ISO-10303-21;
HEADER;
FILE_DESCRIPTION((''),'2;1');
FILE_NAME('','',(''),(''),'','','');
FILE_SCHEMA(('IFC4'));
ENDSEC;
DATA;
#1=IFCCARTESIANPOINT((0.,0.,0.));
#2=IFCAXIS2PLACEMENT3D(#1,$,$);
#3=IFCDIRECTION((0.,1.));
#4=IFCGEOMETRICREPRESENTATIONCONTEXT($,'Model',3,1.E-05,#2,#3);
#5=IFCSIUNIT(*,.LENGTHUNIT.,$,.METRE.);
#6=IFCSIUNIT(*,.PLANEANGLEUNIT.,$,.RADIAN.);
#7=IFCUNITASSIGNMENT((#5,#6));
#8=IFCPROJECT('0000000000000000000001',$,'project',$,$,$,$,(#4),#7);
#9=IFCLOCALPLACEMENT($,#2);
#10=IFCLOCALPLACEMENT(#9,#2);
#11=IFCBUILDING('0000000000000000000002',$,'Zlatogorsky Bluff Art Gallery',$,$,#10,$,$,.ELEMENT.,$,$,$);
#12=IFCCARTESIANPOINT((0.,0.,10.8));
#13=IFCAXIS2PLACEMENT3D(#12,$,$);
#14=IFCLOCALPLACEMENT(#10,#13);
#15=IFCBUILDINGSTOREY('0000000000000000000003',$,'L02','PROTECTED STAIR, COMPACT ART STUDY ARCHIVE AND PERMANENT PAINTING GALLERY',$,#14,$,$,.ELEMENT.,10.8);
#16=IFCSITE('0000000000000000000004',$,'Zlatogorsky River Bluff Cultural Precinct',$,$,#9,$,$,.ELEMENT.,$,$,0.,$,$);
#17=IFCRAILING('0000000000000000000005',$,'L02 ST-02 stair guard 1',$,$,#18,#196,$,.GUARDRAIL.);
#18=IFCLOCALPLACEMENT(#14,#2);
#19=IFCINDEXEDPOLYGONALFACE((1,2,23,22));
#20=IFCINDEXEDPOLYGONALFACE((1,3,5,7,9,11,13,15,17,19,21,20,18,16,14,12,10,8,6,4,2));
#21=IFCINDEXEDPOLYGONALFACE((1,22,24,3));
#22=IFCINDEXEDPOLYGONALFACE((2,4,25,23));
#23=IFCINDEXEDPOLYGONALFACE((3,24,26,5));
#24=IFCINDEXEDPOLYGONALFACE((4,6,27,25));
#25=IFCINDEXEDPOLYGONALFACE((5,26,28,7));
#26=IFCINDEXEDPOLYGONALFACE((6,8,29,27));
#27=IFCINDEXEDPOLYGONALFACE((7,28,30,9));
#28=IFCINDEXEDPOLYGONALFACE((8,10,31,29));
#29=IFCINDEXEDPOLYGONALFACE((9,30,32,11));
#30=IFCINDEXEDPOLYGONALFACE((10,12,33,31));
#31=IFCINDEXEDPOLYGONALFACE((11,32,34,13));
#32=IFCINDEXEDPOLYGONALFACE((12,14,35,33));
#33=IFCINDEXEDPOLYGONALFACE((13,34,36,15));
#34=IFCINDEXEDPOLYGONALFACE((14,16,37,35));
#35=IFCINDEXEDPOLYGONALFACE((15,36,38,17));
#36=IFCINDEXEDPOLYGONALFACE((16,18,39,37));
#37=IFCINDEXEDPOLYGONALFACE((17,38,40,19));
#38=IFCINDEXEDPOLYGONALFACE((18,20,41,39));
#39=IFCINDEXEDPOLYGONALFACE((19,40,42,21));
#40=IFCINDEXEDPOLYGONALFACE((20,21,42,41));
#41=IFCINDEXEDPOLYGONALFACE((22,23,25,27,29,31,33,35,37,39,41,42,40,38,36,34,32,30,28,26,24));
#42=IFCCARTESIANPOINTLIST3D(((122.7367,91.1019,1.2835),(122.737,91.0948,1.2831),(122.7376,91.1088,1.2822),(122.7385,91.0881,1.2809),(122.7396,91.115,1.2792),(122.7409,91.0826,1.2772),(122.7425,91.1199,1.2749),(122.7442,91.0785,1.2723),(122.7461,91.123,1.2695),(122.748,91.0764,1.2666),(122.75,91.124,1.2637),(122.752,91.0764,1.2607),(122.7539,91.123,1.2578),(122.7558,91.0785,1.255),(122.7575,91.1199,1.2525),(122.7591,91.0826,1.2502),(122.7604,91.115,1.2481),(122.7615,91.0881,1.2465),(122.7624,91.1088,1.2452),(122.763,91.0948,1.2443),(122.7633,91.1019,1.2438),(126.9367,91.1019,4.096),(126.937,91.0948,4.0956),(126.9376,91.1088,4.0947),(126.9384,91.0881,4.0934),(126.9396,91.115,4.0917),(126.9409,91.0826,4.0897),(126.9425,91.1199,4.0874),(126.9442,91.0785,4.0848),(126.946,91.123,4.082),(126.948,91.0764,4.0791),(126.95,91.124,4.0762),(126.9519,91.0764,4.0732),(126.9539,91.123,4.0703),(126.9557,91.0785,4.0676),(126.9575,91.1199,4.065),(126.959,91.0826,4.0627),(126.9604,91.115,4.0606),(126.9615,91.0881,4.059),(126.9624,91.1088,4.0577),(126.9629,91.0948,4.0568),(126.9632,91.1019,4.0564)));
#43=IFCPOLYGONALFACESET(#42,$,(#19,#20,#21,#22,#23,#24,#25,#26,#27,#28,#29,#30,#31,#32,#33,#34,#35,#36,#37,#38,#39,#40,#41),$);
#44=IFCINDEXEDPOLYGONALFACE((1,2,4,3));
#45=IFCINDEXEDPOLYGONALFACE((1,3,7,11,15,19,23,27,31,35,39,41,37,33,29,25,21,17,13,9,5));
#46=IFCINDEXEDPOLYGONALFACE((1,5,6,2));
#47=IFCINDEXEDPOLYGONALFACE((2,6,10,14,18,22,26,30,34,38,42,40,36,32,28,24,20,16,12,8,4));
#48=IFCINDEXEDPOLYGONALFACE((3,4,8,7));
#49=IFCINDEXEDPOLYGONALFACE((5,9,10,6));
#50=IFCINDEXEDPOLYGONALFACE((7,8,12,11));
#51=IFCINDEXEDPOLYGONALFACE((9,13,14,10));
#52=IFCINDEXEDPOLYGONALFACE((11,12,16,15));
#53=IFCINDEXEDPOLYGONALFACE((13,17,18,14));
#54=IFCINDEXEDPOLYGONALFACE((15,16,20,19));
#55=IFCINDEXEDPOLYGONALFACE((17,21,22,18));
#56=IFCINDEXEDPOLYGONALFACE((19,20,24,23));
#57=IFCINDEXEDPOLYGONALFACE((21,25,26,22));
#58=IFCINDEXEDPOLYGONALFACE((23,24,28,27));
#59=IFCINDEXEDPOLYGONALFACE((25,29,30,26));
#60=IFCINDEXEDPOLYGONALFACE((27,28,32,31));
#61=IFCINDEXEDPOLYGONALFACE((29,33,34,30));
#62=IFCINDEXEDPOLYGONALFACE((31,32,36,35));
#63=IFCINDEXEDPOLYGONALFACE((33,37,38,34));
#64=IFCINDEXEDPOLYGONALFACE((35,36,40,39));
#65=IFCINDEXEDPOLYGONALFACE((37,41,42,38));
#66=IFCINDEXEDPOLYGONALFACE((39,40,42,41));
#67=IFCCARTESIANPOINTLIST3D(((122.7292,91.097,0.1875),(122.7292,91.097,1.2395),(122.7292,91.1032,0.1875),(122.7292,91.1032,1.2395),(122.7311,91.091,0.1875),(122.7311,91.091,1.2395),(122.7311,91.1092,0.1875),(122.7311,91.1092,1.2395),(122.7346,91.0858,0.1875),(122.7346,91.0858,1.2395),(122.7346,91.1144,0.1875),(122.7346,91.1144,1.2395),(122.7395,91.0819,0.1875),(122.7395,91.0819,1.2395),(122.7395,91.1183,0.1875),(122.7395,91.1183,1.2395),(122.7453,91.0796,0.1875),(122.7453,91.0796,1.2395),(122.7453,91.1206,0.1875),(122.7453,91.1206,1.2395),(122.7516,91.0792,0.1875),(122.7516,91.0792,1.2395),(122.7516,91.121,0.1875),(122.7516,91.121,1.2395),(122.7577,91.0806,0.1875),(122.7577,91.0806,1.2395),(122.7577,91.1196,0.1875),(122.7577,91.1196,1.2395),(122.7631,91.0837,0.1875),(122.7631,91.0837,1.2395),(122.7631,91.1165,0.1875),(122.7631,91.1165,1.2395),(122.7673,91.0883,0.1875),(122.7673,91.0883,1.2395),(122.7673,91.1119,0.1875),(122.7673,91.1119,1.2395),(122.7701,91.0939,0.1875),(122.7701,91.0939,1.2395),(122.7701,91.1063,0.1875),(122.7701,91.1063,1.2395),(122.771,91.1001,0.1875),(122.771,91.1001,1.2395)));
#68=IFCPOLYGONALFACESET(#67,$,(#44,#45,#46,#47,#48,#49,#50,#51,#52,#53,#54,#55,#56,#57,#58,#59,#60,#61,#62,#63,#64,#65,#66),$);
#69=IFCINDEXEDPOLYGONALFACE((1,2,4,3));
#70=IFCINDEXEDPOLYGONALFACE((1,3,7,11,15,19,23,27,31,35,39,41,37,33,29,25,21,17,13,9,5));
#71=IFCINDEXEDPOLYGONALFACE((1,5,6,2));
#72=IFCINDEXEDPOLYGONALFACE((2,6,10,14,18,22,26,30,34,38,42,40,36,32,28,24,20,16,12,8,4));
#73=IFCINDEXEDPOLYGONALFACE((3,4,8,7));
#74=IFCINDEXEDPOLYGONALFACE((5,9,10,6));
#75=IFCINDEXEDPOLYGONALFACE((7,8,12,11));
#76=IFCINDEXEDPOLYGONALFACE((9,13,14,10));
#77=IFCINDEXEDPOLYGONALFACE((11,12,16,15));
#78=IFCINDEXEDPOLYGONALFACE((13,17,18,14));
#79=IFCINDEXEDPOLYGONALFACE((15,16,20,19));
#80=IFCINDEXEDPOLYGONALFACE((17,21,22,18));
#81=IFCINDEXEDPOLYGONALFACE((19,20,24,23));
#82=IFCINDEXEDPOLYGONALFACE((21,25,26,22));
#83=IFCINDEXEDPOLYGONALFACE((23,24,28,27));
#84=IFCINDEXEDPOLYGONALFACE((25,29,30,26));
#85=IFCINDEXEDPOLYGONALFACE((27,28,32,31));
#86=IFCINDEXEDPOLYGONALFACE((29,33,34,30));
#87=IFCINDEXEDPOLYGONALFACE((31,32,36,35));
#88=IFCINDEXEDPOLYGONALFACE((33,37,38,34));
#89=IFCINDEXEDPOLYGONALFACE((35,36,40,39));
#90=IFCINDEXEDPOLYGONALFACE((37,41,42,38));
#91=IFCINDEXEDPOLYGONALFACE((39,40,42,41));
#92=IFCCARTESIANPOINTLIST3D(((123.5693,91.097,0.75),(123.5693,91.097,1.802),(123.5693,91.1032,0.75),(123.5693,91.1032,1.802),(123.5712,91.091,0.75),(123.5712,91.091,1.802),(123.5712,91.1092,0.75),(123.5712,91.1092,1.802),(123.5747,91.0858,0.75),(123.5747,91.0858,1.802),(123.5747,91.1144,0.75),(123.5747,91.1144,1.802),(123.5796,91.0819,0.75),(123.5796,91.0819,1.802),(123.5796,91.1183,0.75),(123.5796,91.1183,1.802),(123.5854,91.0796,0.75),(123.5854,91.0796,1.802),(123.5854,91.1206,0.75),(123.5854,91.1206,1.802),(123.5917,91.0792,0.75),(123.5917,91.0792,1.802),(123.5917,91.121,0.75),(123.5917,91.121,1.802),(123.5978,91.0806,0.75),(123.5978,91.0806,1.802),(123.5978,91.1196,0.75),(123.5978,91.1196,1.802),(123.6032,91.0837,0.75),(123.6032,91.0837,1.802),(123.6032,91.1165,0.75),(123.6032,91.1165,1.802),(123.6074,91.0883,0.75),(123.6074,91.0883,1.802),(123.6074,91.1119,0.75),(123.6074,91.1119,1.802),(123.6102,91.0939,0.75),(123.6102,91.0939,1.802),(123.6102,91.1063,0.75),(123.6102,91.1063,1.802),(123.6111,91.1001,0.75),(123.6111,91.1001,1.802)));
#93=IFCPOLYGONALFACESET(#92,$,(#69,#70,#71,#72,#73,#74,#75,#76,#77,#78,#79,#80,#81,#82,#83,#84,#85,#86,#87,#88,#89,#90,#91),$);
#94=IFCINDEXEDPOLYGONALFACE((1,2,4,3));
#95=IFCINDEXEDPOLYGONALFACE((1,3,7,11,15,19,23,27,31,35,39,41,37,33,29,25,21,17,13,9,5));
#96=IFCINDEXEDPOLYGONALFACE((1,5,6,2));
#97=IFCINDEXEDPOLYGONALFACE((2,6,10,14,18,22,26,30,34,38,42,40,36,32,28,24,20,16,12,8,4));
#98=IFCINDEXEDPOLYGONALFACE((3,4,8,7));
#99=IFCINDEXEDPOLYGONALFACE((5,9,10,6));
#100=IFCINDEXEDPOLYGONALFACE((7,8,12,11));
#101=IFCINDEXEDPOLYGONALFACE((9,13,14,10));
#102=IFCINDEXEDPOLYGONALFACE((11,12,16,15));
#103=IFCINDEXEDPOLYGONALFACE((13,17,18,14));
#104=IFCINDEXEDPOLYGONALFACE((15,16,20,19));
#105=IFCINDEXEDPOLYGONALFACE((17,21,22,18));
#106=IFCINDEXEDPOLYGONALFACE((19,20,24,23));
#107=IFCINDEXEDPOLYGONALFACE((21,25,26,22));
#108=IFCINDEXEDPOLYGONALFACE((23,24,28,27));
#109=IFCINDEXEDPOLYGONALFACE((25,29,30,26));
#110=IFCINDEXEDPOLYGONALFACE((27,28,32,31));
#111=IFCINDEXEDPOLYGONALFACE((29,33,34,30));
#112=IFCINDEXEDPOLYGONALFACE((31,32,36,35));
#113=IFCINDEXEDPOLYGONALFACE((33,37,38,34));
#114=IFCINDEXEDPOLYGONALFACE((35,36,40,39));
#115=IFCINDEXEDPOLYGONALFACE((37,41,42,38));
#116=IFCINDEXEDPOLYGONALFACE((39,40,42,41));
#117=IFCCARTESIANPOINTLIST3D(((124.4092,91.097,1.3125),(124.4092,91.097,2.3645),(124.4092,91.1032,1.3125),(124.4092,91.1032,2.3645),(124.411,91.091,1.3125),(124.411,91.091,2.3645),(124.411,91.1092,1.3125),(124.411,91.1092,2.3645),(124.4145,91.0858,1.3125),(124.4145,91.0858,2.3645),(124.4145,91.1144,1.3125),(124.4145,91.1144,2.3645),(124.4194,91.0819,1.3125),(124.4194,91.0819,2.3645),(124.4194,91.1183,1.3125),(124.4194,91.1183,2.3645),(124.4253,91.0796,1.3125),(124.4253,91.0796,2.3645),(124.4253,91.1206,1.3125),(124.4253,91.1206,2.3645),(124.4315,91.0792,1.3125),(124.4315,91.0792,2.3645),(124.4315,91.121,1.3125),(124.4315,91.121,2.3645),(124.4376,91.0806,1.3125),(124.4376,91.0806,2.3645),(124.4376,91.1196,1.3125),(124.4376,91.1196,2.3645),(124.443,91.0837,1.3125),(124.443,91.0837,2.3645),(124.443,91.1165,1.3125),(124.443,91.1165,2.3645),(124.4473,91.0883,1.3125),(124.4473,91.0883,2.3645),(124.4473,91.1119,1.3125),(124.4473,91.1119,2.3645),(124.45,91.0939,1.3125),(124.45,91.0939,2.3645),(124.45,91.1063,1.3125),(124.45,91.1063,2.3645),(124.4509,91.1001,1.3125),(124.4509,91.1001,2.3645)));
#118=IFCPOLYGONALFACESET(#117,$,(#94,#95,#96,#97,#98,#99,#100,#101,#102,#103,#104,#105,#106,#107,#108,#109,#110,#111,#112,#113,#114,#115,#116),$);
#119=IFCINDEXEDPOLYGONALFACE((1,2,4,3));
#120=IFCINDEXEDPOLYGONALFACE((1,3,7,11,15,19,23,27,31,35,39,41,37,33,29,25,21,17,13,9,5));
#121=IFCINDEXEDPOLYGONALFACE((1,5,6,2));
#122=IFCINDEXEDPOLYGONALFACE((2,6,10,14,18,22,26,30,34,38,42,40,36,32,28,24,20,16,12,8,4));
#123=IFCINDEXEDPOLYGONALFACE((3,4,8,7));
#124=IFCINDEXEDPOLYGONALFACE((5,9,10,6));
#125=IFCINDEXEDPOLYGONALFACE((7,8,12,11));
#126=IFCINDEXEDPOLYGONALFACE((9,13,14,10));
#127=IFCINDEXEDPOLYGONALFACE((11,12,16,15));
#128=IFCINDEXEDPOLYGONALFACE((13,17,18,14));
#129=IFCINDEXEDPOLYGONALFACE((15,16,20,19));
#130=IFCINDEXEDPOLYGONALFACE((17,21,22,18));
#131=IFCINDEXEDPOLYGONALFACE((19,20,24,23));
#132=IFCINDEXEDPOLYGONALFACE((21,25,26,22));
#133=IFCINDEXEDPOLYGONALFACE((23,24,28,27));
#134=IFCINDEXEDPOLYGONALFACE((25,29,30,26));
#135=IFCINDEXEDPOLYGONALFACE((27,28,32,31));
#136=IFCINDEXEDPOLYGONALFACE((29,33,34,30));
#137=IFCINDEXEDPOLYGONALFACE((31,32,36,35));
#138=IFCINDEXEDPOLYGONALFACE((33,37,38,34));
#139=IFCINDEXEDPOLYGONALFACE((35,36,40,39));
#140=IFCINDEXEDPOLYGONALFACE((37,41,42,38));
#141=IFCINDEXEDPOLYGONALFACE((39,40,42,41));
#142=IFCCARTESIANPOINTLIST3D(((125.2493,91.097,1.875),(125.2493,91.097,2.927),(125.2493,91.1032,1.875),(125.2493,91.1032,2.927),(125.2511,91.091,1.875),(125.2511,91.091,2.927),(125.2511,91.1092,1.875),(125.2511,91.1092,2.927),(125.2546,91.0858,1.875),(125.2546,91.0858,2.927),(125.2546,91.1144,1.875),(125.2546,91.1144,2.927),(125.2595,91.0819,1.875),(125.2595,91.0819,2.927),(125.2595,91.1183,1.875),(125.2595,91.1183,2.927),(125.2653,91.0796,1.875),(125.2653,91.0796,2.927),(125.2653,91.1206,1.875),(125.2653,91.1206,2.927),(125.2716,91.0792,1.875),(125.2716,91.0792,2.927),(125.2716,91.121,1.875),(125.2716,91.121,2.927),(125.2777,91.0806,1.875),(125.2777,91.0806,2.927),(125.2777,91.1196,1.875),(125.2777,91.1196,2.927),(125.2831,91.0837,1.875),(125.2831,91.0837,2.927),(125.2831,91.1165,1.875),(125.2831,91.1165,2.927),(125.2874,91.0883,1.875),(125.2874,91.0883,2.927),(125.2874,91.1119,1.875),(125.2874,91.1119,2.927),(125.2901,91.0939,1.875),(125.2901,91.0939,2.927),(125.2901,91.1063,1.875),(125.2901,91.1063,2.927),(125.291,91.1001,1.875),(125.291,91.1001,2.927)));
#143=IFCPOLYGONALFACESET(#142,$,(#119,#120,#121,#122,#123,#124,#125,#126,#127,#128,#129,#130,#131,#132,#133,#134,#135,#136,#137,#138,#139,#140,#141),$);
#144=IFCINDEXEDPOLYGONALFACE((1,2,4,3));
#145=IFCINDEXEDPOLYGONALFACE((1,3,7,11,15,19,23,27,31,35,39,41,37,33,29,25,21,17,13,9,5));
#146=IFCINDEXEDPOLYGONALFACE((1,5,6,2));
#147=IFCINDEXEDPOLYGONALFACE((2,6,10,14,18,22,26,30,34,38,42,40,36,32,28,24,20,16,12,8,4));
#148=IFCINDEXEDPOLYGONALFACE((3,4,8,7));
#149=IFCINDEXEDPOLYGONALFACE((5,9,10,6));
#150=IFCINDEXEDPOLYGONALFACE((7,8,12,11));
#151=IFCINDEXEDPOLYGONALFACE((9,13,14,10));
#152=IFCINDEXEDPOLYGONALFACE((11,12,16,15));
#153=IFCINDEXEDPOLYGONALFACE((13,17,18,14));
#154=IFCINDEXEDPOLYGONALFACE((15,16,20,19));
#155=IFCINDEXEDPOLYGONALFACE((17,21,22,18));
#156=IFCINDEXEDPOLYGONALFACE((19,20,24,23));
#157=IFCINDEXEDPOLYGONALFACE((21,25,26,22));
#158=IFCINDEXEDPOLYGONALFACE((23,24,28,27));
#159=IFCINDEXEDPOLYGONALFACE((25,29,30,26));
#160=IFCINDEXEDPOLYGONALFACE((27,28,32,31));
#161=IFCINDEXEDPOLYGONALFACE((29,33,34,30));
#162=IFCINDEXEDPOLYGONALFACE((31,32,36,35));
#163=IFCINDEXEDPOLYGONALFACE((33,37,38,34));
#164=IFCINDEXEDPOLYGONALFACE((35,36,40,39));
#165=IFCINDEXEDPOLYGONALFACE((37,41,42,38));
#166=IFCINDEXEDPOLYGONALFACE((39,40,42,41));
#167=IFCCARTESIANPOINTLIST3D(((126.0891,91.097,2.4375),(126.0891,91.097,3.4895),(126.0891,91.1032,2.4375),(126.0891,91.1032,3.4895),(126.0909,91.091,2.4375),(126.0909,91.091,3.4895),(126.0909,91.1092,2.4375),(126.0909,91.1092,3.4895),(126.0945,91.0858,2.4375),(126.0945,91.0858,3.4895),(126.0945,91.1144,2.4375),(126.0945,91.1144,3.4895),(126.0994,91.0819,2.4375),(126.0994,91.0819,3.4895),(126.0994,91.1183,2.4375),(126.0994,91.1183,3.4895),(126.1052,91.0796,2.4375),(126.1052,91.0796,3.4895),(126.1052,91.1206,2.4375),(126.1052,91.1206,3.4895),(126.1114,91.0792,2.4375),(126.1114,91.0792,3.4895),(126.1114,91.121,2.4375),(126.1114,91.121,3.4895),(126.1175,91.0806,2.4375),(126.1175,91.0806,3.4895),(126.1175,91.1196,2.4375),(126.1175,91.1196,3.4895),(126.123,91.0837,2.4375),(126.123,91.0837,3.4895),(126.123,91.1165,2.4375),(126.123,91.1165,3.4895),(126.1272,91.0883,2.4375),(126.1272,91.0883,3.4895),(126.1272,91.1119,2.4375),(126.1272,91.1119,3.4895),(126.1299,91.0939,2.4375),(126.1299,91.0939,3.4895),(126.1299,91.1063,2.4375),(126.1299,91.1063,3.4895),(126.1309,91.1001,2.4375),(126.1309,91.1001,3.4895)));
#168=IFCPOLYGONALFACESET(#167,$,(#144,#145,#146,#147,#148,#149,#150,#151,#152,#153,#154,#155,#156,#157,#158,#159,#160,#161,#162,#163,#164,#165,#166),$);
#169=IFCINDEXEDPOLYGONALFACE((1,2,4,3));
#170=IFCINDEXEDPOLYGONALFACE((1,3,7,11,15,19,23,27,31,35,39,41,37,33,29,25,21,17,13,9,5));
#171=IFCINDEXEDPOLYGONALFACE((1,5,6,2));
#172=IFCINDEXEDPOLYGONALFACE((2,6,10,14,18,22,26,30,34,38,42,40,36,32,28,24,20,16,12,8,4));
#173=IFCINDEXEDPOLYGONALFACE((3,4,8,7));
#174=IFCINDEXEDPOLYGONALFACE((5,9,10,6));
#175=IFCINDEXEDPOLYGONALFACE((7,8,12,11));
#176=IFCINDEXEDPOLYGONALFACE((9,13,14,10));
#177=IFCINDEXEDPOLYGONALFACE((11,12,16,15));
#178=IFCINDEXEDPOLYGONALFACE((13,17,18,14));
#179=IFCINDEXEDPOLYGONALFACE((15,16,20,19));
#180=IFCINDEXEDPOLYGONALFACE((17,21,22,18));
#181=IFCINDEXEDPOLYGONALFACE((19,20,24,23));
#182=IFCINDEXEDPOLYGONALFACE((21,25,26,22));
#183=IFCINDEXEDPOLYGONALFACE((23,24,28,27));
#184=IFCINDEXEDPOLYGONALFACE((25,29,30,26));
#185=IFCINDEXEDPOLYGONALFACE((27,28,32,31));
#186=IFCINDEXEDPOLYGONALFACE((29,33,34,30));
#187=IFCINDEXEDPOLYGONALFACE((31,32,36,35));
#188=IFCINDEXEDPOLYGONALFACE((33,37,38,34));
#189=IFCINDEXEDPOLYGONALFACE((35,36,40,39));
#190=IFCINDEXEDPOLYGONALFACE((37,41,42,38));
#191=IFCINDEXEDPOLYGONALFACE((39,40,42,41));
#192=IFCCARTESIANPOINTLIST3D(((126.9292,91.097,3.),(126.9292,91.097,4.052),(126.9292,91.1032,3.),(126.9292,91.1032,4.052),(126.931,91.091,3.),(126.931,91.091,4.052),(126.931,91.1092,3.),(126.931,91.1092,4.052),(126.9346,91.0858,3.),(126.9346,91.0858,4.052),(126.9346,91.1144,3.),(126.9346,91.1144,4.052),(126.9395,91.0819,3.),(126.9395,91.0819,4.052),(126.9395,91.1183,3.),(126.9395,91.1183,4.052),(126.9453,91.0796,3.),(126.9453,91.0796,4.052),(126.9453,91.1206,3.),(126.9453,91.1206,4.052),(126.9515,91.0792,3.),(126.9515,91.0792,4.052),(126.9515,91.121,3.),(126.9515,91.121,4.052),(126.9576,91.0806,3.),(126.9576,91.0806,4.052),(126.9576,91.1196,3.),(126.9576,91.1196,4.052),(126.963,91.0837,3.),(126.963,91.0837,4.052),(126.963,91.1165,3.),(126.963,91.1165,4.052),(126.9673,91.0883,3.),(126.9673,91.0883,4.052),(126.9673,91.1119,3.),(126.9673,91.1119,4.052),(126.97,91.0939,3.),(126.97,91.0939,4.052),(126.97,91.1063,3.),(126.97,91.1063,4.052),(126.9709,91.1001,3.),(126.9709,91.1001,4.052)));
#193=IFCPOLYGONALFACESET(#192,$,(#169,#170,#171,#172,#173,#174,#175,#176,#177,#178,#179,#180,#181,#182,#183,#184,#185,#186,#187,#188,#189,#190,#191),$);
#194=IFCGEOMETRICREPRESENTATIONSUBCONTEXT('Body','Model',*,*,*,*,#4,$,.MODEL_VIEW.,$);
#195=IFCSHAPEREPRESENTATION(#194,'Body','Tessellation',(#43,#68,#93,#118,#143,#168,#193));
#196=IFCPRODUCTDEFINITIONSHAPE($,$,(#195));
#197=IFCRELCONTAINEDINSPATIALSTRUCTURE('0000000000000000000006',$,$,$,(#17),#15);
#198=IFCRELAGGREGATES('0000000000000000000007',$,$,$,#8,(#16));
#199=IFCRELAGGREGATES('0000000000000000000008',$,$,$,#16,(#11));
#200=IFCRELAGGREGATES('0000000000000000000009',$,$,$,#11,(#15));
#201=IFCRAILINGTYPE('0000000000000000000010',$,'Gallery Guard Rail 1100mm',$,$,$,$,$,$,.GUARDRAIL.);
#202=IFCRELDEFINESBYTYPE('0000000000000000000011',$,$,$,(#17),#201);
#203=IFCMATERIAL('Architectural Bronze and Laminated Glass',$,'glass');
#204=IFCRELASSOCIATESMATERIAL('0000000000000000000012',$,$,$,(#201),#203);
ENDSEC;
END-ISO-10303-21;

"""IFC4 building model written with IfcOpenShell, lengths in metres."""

from ifc_helpers import new_model, si_unit, direction, frame, origin, origin_2d, place, context, subcontext, project, spatial, circle, extrude, material, type_object, element, save


model = new_model("IFC4")

# Units and contexts
model_context = context("Model", 3, precision=1e-05, world=origin(), true_north=direction((0.0, 1.0)))
body_context = subcontext(model_context, "Body", "Model", "MODEL_VIEW")
ifc_project = project(units=[si_unit("LENGTHUNIT", "METRE"), si_unit("PLANEANGLEUNIT", "RADIAN")], contexts=[model_context])

# Site, building, storey
site_placement = place(None, origin())
site = spatial("IfcSite", under=ifc_project, at=site_placement, Name="Zlatogorsky River Bluff Cultural Precinct", CompositionType="ELEMENT", RefElevation=0.0)
building_placement = place(site_placement, origin())
building = spatial("IfcBuilding", under=site, at=building_placement, Name="Zlatogorsky Bluff Art Gallery", CompositionType="ELEMENT")
storey_placement = place(building_placement, frame((0.0, 0.0, 10.8)))
storey = spatial("IfcBuildingStorey", under=building, at=storey_placement, Name="L02", Description="PROTECTED STAIR, COMPACT ART STUDY ARCHIVE AND PERMANENT PAINTING GALLERY", CompositionType="ELEMENT", Elevation=10.8)

# Railing
ifc_material_1 = material(Name="Architectural Bronze and Laminated Glass", Category="glass")
railing_type_1 = type_object("IfcRailingType", Name="Gallery Guard Rail 1100mm", PredefinedType="GUARDRAIL", material=ifc_material_1)
railing_1_placement = place(storey_placement, frame((122.75, 91.1001, 0.1875)))
element("IfcRailing", 1, at=railing_1_placement, inside=storey, type_object=railing_type_1, Name="L02 ST-02 stair guard 1", PredefinedType="GUARDRAIL", context=body_context, shape_type="SweptSolid", body=[
    extrude(circle(Radius=0.0239, at=origin_2d()), frame((0.0, 0.0, 1.0762), z_axis=(0.830904, 0.0, 0.556416), x_axis=(0.0, 1.0, 0.0)), (0.0, 0.0, 1.0), 5.0547),
    extrude(circle(Radius=0.021, at=origin_2d()), origin(), (0.0, 0.0, 1.0), 1.052),
    extrude(circle(Radius=0.021, at=origin_2d()), frame((0.8401, 0.0, 0.5625)), (0.0, 0.0, 1.0), 1.052),
    extrude(circle(Radius=0.021, at=origin_2d()), frame((1.6799, 0.0, 1.125)), (0.0, 0.0, 1.0), 1.052),
    extrude(circle(Radius=0.021, at=origin_2d()), frame((2.52, 0.0, 1.6875)), (0.0, 0.0, 1.0), 1.052),
    extrude(circle(Radius=0.021, at=origin_2d()), frame((3.3599, 0.0, 2.25)), (0.0, 0.0, 1.0), 1.052),
    extrude(circle(Radius=0.021, at=origin_2d()), frame((4.2, 0.0, 2.8125)), (0.0, 0.0, 1.0), 1.052),
])

save(model, "model.ifc")
